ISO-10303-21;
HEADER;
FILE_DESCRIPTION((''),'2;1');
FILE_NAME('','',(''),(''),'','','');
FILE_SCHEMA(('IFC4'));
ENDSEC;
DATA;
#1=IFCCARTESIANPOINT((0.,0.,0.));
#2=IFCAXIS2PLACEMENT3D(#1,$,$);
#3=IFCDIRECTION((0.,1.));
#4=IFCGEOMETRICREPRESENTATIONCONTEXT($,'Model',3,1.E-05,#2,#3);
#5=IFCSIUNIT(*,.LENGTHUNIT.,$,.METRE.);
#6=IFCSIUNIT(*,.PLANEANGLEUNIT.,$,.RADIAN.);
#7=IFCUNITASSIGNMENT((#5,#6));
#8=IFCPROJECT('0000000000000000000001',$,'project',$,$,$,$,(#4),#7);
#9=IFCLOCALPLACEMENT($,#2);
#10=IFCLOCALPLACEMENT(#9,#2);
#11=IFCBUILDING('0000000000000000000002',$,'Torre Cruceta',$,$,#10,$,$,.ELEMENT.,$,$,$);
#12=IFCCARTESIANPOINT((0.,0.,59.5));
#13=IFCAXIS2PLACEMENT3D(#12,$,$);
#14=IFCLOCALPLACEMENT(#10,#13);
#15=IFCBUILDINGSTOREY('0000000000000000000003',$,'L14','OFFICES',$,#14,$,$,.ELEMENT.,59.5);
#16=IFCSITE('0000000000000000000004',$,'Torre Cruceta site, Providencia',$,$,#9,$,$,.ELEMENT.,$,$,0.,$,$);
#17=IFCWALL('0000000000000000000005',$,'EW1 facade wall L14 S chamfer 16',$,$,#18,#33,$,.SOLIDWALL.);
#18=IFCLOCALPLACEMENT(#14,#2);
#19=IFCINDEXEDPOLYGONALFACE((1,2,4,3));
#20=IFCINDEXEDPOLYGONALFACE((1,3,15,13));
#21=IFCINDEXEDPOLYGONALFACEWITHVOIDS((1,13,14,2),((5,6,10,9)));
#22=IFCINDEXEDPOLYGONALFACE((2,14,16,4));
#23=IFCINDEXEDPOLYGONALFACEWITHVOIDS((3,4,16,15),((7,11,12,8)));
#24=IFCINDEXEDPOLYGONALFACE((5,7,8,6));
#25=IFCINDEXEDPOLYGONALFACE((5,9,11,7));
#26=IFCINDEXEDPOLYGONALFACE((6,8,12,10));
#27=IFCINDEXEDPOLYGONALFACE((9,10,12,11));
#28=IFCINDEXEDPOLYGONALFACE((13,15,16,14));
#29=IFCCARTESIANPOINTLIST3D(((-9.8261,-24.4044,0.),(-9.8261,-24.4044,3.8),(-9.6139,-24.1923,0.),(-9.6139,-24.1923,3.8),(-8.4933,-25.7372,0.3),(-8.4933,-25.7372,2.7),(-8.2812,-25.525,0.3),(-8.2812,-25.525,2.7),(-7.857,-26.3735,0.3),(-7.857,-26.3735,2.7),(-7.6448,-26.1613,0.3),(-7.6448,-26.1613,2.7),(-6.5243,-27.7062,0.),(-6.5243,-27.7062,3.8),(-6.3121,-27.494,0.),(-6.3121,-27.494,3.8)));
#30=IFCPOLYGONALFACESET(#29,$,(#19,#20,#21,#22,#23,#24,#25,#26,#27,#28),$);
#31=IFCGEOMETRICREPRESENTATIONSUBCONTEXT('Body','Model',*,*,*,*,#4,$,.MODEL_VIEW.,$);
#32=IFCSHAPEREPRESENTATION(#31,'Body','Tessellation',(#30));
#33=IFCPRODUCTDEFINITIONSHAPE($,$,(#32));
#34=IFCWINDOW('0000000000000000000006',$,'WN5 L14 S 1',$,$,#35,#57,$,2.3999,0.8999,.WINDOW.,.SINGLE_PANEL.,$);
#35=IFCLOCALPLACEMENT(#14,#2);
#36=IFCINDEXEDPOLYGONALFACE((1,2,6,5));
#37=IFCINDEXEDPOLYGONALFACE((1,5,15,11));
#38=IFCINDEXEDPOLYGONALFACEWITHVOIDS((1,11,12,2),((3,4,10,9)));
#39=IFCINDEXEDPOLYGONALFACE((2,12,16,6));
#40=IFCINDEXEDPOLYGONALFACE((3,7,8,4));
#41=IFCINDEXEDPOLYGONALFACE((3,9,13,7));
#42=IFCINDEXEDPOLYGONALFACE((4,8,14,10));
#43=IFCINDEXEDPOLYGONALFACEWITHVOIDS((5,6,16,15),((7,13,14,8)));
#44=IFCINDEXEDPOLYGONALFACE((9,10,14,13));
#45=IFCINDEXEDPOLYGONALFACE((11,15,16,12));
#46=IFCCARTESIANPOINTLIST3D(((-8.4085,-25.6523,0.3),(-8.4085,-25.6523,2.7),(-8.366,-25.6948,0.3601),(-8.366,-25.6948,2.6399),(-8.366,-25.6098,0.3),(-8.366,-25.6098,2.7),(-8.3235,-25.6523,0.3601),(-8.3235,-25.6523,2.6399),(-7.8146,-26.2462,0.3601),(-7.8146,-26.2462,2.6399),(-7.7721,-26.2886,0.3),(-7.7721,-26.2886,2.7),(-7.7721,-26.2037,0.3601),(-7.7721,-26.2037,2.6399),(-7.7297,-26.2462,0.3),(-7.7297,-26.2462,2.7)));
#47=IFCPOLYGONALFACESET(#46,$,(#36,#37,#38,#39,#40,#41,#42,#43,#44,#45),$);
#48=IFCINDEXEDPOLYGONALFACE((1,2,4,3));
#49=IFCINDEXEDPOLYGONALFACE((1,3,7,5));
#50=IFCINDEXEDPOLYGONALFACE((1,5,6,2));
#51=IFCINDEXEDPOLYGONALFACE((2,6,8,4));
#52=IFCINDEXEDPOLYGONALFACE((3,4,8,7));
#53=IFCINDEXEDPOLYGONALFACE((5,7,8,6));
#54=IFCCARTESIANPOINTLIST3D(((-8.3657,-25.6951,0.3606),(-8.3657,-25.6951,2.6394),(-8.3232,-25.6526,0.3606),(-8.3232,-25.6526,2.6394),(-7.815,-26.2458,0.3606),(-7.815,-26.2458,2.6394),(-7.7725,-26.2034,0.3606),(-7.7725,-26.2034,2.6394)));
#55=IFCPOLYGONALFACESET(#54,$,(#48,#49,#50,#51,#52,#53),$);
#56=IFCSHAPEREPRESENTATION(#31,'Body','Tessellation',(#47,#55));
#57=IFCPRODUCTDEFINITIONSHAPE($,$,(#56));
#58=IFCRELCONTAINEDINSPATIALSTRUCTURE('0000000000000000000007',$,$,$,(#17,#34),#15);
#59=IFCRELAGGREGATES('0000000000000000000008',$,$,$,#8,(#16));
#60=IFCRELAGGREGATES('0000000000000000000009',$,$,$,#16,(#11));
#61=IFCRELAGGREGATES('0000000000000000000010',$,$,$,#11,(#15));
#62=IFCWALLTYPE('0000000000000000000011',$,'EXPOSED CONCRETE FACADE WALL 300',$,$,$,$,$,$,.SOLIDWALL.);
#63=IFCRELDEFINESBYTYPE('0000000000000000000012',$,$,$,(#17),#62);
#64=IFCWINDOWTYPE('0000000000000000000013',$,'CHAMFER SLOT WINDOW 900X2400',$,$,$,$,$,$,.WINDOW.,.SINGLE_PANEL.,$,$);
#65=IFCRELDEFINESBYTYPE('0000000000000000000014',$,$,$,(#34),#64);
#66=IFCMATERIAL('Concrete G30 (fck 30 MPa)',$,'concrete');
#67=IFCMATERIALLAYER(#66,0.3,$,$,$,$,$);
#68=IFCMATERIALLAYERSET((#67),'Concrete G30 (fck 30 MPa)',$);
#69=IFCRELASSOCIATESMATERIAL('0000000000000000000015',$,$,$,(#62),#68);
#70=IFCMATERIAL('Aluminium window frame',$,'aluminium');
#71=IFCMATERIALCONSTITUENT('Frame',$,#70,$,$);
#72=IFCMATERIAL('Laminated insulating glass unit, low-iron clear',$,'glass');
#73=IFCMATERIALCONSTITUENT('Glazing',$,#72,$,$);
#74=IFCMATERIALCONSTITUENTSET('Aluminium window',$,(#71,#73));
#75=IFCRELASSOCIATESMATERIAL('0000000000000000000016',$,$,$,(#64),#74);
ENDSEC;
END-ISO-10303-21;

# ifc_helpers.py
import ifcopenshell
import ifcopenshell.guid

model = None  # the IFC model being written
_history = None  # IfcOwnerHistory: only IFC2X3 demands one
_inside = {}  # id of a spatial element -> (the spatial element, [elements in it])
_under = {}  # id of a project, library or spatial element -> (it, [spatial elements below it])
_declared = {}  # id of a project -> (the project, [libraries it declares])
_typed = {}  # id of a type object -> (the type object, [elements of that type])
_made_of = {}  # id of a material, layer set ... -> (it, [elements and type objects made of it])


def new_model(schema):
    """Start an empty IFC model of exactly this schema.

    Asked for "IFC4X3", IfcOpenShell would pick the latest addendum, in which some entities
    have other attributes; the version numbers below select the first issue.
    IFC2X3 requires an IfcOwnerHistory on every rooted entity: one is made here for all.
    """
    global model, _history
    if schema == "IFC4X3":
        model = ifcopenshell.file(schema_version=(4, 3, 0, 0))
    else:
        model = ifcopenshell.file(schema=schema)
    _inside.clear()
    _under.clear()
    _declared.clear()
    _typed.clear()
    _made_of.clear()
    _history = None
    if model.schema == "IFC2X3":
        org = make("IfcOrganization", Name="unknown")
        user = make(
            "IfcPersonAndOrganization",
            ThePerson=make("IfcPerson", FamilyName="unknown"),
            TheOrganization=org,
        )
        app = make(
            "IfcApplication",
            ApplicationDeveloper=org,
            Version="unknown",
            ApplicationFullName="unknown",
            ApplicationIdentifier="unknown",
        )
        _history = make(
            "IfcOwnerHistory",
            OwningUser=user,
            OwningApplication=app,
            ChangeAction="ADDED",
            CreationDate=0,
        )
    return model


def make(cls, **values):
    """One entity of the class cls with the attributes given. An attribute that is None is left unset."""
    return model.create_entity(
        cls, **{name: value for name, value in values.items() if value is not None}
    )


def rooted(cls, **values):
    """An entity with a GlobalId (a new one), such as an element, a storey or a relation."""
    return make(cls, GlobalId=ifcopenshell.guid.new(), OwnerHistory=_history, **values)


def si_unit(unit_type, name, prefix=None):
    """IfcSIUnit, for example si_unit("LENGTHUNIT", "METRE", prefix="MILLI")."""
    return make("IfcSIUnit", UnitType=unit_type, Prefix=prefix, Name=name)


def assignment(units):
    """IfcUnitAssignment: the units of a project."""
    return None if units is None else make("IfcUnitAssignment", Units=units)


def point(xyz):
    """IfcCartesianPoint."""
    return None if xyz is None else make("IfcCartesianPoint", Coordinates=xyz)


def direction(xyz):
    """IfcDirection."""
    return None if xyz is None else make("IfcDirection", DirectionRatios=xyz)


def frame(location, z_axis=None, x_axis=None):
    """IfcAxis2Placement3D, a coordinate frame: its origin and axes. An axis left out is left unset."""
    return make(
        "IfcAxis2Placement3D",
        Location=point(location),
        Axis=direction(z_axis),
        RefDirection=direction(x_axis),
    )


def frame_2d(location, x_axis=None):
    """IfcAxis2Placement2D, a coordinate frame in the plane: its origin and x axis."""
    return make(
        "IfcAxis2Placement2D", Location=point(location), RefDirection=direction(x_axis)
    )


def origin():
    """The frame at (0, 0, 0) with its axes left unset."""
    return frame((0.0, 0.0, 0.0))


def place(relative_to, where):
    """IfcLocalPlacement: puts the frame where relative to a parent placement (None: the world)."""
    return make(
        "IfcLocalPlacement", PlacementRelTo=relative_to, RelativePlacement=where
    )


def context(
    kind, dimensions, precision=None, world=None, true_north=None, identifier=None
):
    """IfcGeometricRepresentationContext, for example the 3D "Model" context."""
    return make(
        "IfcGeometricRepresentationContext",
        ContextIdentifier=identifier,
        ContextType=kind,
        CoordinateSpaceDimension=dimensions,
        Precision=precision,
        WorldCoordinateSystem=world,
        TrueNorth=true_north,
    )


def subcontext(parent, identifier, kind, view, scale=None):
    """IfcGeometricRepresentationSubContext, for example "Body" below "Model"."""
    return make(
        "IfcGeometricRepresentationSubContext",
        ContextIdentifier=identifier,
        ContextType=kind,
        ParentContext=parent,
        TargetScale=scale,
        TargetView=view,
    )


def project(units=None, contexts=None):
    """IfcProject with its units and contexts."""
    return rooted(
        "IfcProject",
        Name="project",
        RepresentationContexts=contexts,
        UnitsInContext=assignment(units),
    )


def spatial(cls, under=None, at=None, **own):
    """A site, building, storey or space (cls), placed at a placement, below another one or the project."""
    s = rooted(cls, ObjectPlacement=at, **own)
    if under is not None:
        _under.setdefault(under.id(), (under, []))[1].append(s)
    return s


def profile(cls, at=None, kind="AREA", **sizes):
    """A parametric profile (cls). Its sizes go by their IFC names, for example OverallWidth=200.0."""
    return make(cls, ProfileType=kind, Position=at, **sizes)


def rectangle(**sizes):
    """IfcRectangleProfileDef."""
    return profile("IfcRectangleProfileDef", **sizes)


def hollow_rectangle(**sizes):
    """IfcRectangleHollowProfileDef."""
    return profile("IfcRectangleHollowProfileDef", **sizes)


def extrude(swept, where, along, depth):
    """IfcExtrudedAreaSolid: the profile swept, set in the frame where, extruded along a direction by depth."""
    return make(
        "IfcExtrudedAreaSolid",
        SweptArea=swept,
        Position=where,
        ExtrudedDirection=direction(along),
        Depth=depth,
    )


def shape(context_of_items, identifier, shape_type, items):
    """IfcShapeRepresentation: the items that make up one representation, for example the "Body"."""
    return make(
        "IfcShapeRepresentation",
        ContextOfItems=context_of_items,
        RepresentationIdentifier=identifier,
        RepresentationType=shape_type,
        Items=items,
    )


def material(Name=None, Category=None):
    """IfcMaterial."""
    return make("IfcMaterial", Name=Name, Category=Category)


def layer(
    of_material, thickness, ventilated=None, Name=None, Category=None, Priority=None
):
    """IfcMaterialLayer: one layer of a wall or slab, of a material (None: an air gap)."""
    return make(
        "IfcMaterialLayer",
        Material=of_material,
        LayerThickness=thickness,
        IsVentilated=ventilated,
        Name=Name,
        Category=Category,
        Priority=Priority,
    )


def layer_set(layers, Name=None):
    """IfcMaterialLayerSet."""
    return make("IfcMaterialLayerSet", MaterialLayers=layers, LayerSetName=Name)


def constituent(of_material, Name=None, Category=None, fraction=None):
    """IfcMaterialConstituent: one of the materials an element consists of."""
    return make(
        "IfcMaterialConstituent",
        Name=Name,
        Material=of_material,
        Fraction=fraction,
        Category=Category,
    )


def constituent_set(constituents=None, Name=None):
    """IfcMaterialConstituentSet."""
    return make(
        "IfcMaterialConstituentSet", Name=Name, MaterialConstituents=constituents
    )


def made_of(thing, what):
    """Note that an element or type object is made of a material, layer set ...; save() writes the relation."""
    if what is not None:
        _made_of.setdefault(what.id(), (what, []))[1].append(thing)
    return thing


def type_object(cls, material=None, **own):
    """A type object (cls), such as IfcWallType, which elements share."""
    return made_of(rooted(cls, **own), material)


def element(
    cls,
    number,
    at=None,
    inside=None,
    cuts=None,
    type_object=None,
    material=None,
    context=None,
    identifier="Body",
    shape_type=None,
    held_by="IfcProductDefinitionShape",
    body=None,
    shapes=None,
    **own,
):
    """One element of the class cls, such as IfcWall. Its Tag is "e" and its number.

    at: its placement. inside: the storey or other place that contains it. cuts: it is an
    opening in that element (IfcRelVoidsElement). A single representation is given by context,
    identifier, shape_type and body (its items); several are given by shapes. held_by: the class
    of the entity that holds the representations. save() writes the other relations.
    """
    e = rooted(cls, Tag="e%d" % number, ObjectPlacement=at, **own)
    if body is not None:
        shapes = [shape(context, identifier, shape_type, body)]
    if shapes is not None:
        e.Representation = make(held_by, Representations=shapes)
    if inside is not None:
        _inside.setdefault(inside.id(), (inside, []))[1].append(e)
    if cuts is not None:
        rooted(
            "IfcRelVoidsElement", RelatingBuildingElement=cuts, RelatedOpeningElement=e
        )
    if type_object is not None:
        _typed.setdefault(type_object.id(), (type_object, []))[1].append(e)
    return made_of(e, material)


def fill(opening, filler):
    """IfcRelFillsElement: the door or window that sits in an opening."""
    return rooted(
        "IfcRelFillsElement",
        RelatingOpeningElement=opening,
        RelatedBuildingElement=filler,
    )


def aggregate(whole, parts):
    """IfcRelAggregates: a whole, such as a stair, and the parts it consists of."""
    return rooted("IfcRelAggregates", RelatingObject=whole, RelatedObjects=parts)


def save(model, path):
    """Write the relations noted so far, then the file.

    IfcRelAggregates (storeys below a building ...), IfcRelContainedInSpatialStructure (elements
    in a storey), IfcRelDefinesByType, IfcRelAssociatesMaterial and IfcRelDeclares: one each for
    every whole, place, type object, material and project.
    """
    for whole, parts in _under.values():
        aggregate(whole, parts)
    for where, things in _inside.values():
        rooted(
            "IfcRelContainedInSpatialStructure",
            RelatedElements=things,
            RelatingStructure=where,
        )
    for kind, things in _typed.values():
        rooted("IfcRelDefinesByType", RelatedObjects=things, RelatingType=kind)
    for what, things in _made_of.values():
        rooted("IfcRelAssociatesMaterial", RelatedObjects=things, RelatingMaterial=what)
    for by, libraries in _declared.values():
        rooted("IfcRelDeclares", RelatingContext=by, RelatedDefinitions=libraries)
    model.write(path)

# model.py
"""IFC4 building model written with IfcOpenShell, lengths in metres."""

from ifc_helpers import new_model, si_unit, direction, frame, frame_2d, origin, place, context, subcontext, project, spatial, rectangle, hollow_rectangle, extrude, material, layer, layer_set, constituent, constituent_set, type_object, element, fill, save


model = new_model("IFC4")

# Units and contexts
model_context = context("Model", 3, precision=1e-05, world=origin(), true_north=direction((0.0, 1.0)))
body_context = subcontext(model_context, "Body", "Model", "MODEL_VIEW")
ifc_project = project(units=[si_unit("LENGTHUNIT", "METRE"), si_unit("PLANEANGLEUNIT", "RADIAN")], contexts=[model_context])

# Site, building, storey
site_placement = place(None, origin())
site = spatial("IfcSite", under=ifc_project, at=site_placement, Name="Torre Cruceta site, Providencia", CompositionType="ELEMENT", RefElevation=0.0)
building_placement = place(site_placement, origin())
building = spatial("IfcBuilding", under=site, at=building_placement, Name="Torre Cruceta", CompositionType="ELEMENT")
storey_placement = place(building_placement, frame((0.0, 0.0, 59.5)))
storey = spatial("IfcBuildingStorey", under=building, at=storey_placement, Name="L14", Description="OFFICES", CompositionType="ELEMENT", Elevation=59.5)

# Wall, opening, window
ifc_material_1 = material(Name="Concrete G30 (fck 30 MPa)", Category="concrete")
ifc_layer_1 = layer(ifc_material_1, 0.3)
ifc_layer_set_1 = layer_set([ifc_layer_1], Name="Concrete G30 (fck 30 MPa)")
wall_type = type_object("IfcWallType", Name="EXPOSED CONCRETE FACADE WALL 300", PredefinedType="SOLIDWALL", material=ifc_layer_set_1)
wall_placement = place(storey_placement, frame((-9.72, -24.2983, 0.0), z_axis=(0.0, 0.0, 1.0), x_axis=(0.707107, -0.707107, 0.0)))
wall = element("IfcWall", 1, at=wall_placement, inside=storey, type_object=wall_type, Name="EW1 facade wall L14 S chamfer 16", PredefinedType="SOLIDWALL", context=body_context, shape_type="SweptSolid", body=[
    extrude(rectangle(XDim=4.6694, YDim=0.3, at=frame_2d((2.3347, 0.0))), origin(), (0.0, 0.0, 1.0), 3.8),
])
opening_placement = place(wall_placement, frame((1.8848, 0.0, 0.3)))
opening = element("IfcOpeningElement", 2, at=opening_placement, cuts=wall, PredefinedType="OPENING", context=body_context, shape_type="SweptSolid", body=[
    extrude(rectangle(XDim=0.8999, YDim=2.3999, at=frame_2d((0.45, 1.2))), frame((0.0, 0.1599, 0.0), z_axis=(0.0, -1.0, 0.0), x_axis=(1.0, 0.0, 0.0)), (0.0, 0.0, 1.0), 0.3201),
])
ifc_material_2 = material(Name="Aluminium window frame", Category="aluminium")
ifc_constituent_1 = constituent(ifc_material_2, Name="Frame")
ifc_material_3 = material(Name="Laminated insulating glass unit, low-iron clear", Category="glass")
ifc_constituent_2 = constituent(ifc_material_3, Name="Glazing")
ifc_constituent_set = constituent_set(constituents=[ifc_constituent_1, ifc_constituent_2], Name="Aluminium window")
window_type = type_object("IfcWindowType", Name="CHAMFER SLOT WINDOW 900X2400", PartitioningType="SINGLE_PANEL", PredefinedType="WINDOW", material=ifc_constituent_set)
window_placement = place(opening_placement, origin())
window = element("IfcWindow", 3, at=window_placement, inside=storey, type_object=window_type, Name="WN5 L14 S 1", OverallHeight=2.3999, OverallWidth=0.8999, PartitioningType="SINGLE_PANEL", PredefinedType="WINDOW", context=body_context, shape_type="SweptSolid", body=[
    extrude(hollow_rectangle(XDim=0.8999, YDim=2.3999, WallThickness=0.0601, at=frame_2d((0.45, 1.2))), frame((0.0, 0.03, 0.0), z_axis=(0.0, -1.0, 0.0), x_axis=(1.0, 0.0, 0.0)), (0.0, 0.0, 1.0), 0.0601),
    extrude(rectangle(XDim=0.7788, YDim=2.2788, at=frame_2d((0.45, 1.2))), frame((0.0, 0.03, 0.0), z_axis=(0.0, -1.0, 0.0), x_axis=(1.0, 0.0, 0.0)), (0.0, 0.0, 1.0), 0.0601),
])
fill(opening, window)

save(model, "model.ifc")
